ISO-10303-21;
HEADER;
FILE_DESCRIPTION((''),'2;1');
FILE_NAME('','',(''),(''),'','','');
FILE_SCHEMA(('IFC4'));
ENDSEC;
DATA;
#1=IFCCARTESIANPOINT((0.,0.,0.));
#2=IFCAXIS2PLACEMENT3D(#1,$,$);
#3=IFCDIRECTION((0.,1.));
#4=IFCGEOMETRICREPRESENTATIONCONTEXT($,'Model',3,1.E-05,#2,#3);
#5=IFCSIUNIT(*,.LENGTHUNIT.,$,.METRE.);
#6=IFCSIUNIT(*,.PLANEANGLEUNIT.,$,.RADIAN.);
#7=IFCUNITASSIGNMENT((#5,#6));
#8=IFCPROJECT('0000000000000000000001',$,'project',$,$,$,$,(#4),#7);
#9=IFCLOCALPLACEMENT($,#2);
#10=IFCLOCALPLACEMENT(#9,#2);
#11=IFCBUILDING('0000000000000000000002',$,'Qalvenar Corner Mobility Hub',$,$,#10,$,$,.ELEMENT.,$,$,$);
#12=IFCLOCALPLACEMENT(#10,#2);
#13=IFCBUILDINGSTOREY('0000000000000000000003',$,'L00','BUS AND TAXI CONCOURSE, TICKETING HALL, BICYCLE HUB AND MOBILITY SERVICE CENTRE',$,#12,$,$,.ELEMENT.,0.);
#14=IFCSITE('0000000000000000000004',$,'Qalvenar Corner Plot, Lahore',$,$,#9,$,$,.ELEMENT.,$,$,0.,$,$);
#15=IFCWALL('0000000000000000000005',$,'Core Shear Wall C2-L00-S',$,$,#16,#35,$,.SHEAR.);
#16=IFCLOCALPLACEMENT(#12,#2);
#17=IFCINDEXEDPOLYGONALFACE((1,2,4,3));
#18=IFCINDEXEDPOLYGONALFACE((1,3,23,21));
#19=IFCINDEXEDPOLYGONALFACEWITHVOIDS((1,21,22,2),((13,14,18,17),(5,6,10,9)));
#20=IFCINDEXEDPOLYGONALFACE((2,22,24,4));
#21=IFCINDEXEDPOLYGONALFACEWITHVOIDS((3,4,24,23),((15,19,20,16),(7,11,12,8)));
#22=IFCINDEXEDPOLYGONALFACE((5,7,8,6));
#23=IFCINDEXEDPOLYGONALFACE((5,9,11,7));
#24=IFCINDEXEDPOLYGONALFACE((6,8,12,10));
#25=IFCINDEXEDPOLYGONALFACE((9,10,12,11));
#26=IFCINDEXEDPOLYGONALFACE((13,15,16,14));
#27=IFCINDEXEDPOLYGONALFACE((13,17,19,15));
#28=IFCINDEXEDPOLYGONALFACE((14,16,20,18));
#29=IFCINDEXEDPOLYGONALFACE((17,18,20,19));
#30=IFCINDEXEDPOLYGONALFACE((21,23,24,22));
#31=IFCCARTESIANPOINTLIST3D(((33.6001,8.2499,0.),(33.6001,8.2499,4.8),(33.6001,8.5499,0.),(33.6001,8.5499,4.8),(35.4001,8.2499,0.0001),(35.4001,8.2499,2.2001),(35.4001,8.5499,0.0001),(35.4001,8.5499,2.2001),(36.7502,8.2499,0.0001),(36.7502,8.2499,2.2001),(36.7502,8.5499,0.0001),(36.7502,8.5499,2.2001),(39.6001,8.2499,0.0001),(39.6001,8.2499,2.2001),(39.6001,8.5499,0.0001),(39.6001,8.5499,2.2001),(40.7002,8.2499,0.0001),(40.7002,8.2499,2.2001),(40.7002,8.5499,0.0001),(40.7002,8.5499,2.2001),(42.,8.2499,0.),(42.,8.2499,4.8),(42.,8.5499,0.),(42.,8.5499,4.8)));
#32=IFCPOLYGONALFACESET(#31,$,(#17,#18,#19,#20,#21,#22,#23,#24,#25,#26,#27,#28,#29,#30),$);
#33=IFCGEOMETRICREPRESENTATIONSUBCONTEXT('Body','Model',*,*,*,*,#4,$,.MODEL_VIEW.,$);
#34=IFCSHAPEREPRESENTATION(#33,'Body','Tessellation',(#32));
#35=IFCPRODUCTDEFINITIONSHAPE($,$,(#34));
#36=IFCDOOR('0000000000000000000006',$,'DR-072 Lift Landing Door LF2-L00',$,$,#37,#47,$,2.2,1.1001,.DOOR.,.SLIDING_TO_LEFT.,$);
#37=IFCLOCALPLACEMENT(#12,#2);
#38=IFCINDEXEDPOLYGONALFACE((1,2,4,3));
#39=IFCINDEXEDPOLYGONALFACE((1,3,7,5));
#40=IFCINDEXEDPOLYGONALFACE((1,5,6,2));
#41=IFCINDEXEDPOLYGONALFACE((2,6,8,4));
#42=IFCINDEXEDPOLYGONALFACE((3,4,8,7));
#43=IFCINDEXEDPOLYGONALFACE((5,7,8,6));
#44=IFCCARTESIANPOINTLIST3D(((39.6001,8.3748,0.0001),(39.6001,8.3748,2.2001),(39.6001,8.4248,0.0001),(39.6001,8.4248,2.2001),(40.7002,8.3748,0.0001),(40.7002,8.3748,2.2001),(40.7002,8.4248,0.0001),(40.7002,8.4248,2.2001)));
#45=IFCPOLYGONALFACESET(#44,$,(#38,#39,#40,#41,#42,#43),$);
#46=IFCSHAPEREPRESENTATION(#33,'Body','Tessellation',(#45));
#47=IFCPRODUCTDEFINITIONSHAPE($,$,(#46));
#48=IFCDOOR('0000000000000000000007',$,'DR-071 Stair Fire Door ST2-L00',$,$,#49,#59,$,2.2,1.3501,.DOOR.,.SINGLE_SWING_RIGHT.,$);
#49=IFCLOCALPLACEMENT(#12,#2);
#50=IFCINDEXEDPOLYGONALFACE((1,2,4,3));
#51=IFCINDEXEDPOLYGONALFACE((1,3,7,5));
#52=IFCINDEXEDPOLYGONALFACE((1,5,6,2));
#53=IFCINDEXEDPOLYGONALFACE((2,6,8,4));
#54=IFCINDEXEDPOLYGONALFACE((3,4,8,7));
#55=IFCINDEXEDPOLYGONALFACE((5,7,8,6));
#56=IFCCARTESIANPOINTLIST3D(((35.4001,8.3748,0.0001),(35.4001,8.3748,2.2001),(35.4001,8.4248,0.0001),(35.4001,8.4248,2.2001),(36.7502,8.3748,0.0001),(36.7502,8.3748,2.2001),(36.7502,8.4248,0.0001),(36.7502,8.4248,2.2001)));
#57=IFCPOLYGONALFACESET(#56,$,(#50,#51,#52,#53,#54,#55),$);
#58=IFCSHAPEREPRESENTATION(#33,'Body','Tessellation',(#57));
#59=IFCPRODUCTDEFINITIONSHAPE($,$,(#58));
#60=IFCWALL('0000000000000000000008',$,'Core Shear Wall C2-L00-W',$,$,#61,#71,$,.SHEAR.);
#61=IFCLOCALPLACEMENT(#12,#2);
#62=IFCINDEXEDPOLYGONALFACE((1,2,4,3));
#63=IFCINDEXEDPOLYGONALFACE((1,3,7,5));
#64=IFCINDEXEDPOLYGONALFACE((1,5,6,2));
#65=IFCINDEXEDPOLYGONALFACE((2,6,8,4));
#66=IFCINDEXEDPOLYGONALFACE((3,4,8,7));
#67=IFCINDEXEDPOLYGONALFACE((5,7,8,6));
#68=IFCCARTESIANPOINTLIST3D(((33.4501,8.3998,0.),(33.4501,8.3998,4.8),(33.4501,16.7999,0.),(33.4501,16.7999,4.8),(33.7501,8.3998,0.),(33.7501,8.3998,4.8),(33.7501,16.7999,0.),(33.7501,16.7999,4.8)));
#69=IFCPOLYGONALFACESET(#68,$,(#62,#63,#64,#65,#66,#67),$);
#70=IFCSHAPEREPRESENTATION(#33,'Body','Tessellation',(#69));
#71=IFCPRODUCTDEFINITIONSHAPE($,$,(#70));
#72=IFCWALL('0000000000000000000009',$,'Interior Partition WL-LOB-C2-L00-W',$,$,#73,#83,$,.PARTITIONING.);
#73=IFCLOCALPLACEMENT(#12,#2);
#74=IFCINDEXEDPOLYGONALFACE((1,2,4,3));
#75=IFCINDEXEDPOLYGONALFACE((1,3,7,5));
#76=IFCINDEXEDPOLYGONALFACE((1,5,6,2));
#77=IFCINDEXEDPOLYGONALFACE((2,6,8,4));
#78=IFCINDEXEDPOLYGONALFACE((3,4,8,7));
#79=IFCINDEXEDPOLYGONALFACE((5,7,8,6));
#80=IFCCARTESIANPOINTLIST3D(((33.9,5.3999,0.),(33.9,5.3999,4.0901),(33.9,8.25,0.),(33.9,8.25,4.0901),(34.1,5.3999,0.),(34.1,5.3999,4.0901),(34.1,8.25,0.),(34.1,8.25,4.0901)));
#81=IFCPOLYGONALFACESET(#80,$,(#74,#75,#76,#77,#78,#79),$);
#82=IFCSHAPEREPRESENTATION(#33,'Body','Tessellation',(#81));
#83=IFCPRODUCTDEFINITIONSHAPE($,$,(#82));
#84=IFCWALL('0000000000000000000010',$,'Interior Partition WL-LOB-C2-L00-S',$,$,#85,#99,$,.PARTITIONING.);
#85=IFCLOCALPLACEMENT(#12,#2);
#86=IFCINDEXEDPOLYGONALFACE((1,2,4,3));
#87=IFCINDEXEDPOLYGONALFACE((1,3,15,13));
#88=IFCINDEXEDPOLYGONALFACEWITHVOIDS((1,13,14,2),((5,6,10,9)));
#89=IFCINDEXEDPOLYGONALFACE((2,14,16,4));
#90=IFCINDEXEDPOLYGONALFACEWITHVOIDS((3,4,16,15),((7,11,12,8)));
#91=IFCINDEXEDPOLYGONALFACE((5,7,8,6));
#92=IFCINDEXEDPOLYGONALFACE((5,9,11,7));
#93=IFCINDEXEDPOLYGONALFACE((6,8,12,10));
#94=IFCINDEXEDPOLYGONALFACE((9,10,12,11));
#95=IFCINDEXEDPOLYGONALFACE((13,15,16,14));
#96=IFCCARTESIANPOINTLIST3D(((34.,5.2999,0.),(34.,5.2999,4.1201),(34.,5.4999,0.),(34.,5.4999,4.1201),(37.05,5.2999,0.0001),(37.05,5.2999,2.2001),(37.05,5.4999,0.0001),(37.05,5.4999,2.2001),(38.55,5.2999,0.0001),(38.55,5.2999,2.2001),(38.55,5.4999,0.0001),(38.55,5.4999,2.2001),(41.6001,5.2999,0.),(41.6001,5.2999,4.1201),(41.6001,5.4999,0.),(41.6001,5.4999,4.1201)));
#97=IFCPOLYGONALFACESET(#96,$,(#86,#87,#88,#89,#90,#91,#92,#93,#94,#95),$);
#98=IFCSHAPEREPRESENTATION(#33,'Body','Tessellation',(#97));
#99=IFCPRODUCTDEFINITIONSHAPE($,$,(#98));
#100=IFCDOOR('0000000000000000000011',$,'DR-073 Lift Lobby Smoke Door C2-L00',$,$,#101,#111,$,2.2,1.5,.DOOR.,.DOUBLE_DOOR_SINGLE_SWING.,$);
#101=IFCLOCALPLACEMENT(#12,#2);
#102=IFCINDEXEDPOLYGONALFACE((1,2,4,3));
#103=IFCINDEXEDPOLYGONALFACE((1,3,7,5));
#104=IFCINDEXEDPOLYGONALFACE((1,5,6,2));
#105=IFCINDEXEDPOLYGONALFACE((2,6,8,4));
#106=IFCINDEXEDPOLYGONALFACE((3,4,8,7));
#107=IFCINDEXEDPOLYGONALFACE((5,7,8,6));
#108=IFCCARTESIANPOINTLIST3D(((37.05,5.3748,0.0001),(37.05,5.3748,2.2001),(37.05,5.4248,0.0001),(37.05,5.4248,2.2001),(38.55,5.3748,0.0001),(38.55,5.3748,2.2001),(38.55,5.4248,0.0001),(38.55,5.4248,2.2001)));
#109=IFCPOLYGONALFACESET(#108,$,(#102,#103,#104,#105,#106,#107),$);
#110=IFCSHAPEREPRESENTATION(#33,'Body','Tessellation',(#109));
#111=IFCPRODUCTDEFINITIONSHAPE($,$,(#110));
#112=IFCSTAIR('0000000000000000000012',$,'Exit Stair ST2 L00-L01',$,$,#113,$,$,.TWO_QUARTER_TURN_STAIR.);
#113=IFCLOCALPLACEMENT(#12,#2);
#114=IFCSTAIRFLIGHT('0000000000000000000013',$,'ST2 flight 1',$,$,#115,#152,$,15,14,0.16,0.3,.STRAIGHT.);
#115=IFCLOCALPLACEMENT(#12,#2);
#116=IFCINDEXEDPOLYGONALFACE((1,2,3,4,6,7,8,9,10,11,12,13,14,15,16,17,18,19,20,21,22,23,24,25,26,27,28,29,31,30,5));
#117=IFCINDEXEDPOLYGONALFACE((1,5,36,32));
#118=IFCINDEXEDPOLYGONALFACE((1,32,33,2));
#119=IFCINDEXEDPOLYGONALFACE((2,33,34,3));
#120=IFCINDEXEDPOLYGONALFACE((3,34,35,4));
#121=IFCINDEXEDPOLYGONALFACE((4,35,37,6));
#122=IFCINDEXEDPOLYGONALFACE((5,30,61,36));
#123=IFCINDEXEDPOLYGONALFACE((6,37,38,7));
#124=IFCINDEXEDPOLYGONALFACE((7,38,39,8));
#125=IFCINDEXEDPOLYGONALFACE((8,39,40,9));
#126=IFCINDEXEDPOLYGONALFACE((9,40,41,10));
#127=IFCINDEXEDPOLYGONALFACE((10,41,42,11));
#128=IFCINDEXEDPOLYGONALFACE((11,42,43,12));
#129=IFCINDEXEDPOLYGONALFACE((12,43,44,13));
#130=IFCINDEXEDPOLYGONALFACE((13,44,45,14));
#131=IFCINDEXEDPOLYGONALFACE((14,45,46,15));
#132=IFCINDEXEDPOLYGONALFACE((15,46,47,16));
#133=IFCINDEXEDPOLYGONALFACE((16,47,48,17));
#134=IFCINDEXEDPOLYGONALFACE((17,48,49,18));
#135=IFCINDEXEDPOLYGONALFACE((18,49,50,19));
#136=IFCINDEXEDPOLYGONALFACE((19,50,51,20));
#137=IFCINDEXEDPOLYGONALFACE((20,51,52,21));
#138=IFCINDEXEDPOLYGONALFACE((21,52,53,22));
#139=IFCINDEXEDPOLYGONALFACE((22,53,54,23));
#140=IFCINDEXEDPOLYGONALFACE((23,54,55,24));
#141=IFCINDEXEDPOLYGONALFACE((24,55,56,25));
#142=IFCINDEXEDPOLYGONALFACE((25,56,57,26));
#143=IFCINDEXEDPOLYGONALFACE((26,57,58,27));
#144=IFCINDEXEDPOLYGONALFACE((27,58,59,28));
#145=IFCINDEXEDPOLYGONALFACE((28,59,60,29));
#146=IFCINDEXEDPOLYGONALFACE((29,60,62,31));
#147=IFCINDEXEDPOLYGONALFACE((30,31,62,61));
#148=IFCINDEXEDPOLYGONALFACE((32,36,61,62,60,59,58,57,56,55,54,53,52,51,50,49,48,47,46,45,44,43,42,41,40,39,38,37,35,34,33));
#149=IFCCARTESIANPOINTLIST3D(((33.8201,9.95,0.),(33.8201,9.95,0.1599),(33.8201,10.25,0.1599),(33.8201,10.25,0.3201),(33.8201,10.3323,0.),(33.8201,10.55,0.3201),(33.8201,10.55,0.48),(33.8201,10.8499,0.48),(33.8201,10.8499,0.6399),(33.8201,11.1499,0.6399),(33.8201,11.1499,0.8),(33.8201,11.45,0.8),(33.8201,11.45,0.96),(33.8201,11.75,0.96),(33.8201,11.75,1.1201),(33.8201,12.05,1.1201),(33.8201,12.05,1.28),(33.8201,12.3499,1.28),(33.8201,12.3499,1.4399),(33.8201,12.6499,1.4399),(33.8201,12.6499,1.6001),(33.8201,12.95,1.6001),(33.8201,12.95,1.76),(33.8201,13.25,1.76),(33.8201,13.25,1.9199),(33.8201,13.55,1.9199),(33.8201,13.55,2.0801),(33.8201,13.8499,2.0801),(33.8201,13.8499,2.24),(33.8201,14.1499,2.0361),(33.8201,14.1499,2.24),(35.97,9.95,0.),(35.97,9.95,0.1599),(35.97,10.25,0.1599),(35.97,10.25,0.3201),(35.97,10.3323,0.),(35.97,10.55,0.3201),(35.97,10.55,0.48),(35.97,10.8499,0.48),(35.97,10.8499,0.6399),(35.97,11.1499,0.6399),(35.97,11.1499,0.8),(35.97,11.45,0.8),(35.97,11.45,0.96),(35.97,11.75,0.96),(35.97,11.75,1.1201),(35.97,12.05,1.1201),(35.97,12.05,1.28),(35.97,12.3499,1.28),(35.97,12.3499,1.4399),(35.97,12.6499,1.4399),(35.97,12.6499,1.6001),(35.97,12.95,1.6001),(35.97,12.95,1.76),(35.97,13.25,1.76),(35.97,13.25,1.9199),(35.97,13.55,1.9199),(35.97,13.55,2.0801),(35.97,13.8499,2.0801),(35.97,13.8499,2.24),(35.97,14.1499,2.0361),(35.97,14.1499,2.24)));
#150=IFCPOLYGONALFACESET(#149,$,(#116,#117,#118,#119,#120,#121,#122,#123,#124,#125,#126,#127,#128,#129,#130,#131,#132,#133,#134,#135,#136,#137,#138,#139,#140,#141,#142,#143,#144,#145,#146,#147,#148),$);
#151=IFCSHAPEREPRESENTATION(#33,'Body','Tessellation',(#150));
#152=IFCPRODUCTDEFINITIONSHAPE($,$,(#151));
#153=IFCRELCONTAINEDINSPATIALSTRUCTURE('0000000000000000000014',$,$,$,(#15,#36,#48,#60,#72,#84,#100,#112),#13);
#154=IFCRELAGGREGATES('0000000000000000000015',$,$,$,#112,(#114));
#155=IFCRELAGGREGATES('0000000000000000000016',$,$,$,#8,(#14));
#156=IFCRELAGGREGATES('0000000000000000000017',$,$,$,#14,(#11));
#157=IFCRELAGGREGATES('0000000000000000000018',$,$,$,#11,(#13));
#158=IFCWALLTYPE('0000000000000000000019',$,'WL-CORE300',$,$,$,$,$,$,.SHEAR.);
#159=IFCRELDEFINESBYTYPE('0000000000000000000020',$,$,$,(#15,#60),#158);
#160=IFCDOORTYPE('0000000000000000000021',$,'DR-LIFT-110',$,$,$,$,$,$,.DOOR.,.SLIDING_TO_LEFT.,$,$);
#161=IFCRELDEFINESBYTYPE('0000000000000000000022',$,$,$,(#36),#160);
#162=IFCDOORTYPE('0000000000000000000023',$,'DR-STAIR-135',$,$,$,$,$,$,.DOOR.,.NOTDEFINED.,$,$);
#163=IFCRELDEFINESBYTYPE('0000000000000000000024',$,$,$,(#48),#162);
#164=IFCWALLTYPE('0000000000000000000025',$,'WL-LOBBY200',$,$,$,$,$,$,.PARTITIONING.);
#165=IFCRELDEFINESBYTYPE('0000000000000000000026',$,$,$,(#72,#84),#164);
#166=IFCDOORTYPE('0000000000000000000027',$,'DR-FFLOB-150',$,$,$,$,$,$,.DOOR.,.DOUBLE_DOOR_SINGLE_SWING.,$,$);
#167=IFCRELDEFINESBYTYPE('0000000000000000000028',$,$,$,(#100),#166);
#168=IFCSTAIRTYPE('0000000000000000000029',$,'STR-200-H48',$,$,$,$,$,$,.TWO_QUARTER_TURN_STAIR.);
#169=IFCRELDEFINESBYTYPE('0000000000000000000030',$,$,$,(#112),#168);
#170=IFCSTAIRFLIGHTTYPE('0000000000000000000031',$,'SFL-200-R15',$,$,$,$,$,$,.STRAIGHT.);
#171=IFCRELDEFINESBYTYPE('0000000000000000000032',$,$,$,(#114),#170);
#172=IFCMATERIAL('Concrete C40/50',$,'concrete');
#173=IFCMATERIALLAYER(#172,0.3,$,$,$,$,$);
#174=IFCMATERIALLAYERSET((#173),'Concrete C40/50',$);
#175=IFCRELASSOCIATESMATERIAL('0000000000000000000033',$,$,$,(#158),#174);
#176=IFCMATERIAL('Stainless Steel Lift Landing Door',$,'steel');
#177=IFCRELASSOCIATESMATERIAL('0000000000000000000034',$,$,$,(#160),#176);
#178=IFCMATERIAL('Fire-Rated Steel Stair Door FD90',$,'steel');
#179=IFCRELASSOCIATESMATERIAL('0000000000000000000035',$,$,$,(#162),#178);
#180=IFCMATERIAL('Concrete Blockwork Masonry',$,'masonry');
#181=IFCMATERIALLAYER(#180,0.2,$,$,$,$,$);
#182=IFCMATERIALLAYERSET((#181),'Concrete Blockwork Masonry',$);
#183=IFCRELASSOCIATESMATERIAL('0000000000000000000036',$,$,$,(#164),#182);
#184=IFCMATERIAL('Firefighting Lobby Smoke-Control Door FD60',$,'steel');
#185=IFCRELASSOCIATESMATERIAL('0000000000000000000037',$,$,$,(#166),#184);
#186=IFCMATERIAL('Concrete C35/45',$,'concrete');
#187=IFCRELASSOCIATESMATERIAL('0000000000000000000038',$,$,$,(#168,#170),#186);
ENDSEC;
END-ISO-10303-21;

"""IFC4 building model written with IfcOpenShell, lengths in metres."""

from ifc_helpers import new_model, si_unit, direction, frame, frame_2d, origin, place, context, subcontext, project, spatial, polyline, rectangle, outline, extrude, material, layer, layer_set, type_object, element, fill, aggregate, save


model = new_model("IFC4")

# Units and contexts
model_context = context("Model", 3, precision=1e-05, world=origin(), true_north=direction((0.0, 1.0)))
body_context = subcontext(model_context, "Body", "Model", "MODEL_VIEW")
ifc_project = project(units=[si_unit("LENGTHUNIT", "METRE"), si_unit("PLANEANGLEUNIT", "RADIAN")], contexts=[model_context])

# Site, building, storey
site_placement = place(None, origin())
site = spatial("IfcSite", under=ifc_project, at=site_placement, Name="Qalvenar Corner Plot, Lahore", CompositionType="ELEMENT", RefElevation=0.0)
building_placement = place(site_placement, origin())
building = spatial("IfcBuilding", under=site, at=building_placement, Name="Qalvenar Corner Mobility Hub", CompositionType="ELEMENT")
storey_placement = place(building_placement, origin())
storey = spatial("IfcBuildingStorey", under=building, at=storey_placement, Name="L00", Description="BUS AND TAXI CONCOURSE, TICKETING HALL, BICYCLE HUB AND MOBILITY SERVICE CENTRE", CompositionType="ELEMENT", Elevation=0.0)

# Wall, openings, doors
ifc_material_1 = material(Name="Concrete C40/50", Category="concrete")
ifc_layer_1 = layer(ifc_material_1, 0.3)
ifc_layer_set_1 = layer_set([ifc_layer_1], Name="Concrete C40/50")
wall_type_1 = type_object("IfcWallType", Name="WL-CORE300", PredefinedType="SHEAR", material=ifc_layer_set_1)
wall_1_placement = place(storey_placement, frame((33.6001, 8.3999, 0.0), z_axis=(0.0, 0.0, 1.0), x_axis=(1.0, 0.0, 0.0)))
wall_1 = element("IfcWall", 1, at=wall_1_placement, inside=storey, type_object=wall_type_1, Name="Core Shear Wall C2-L00-S", PredefinedType="SHEAR", context=body_context, shape_type="SweptSolid", body=[
    extrude(rectangle(XDim=8.3999, YDim=0.3, at=frame_2d((4.2, 0.0))), origin(), (0.0, 0.0, 1.0), 4.8),
])
opening_1_placement = place(wall_1_placement, frame((1.8, 0.0, 0.0)))
opening_1 = element("IfcOpeningElement", 2, at=opening_1_placement, cuts=wall_1, PredefinedType="OPENING", context=body_context, shape_type="SweptSolid", body=[
    extrude(rectangle(XDim=1.3501, YDim=2.2, at=frame_2d((0.675, 1.1001))), frame((0.0, 0.1602, 0.0), z_axis=(0.0, -1.0, 0.0), x_axis=(1.0, 0.0, 0.0)), (0.0, 0.0, 1.0), 0.3201),
])
opening_2_placement = place(wall_1_placement, frame((6.0, 0.0, 0.0)))
opening_2 = element("IfcOpeningElement", 3, at=opening_2_placement, cuts=wall_1, PredefinedType="OPENING", context=body_context, shape_type="SweptSolid", body=[
    extrude(rectangle(XDim=1.1001, YDim=2.2, at=frame_2d((0.55, 1.1001))), frame((0.0, 0.1602, 0.0), z_axis=(0.0, -1.0, 0.0), x_axis=(1.0, 0.0, 0.0)), (0.0, 0.0, 1.0), 0.3201),
])
ifc_material_2 = material(Name="Stainless Steel Lift Landing Door", Category="steel")
door_type_1 = type_object("IfcDoorType", Name="DR-LIFT-110", OperationType="SLIDING_TO_LEFT", PredefinedType="DOOR", material=ifc_material_2)
door_1_placement = place(opening_2_placement, origin())
door_1 = element("IfcDoor", 4, at=door_1_placement, inside=storey, type_object=door_type_1, Name="DR-072 Lift Landing Door LF2-L00", OperationType="SLIDING_TO_LEFT", OverallHeight=2.2, OverallWidth=1.1001, PredefinedType="DOOR", context=body_context, shape_type="SweptSolid", body=[
    extrude(rectangle(XDim=1.1001, YDim=2.2, at=frame_2d((0.55, 1.1001))), frame((0.0, 0.0249, 0.0), z_axis=(0.0, -1.0, 0.0), x_axis=(1.0, 0.0, 0.0)), (0.0, 0.0, 1.0), 0.05),
])
fill(opening_2, door_1)
ifc_material_3 = material(Name="Fire-Rated Steel Stair Door FD90", Category="steel")
door_type_2 = type_object("IfcDoorType", Name="DR-STAIR-135", OperationType="NOTDEFINED", PredefinedType="DOOR", material=ifc_material_3)
door_2_placement = place(opening_1_placement, origin())
door_2 = element("IfcDoor", 5, at=door_2_placement, inside=storey, type_object=door_type_2, Name="DR-071 Stair Fire Door ST2-L00", OperationType="SINGLE_SWING_RIGHT", OverallHeight=2.2, OverallWidth=1.3501, PredefinedType="DOOR", context=body_context, shape_type="SweptSolid", body=[
    extrude(rectangle(XDim=1.3501, YDim=2.2, at=frame_2d((0.675, 1.1001))), frame((0.0, 0.0249, 0.0), z_axis=(0.0, -1.0, 0.0), x_axis=(1.0, 0.0, 0.0)), (0.0, 0.0, 1.0), 0.05),
])
fill(opening_1, door_2)

# Walls
wall_2_placement = place(storey_placement, frame((33.6001, 16.8, 0.0), z_axis=(0.0, 0.0, 1.0), x_axis=(0.0, -1.0, 0.0)))
element("IfcWall", 6, at=wall_2_placement, inside=storey, type_object=wall_type_1, Name="Core Shear Wall C2-L00-W", PredefinedType="SHEAR", context=body_context, shape_type="SweptSolid", body=[
    extrude(rectangle(XDim=8.4001, YDim=0.3, at=frame_2d((4.2002, 0.0))), origin(), (0.0, 0.0, 1.0), 4.8),
])
ifc_material_4 = material(Name="Concrete Blockwork Masonry", Category="masonry")
ifc_layer_2 = layer(ifc_material_4, 0.2)
ifc_layer_set_2 = layer_set([ifc_layer_2], Name="Concrete Blockwork Masonry")
wall_type_2 = type_object("IfcWallType", Name="WL-LOBBY200", PredefinedType="PARTITIONING", material=ifc_layer_set_2)
wall_3_placement = place(storey_placement, frame((34.0, 5.3999, 0.0), z_axis=(0.0, 0.0, 1.0), x_axis=(0.0, 1.0, 0.0)))
element("IfcWall", 7, at=wall_3_placement, inside=storey, type_object=wall_type_2, Name="Interior Partition WL-LOB-C2-L00-W", PredefinedType="PARTITIONING", context=body_context, shape_type="SweptSolid", body=[
    extrude(rectangle(XDim=2.8501, YDim=0.2, at=frame_2d((1.425, 0.0))), origin(), (0.0, 0.0, 1.0), 4.0901),
])

# Wall, opening, door
wall_4_placement = place(storey_placement, frame((34.0, 5.3999, 0.0), z_axis=(0.0, 0.0, 1.0), x_axis=(1.0, 0.0, 0.0)))
wall_4 = element("IfcWall", 8, at=wall_4_placement, inside=storey, type_object=wall_type_2, Name="Interior Partition WL-LOB-C2-L00-S", PredefinedType="PARTITIONING", context=body_context, shape_type="SweptSolid", body=[
    extrude(rectangle(XDim=7.6001, YDim=0.2, at=frame_2d((3.8, 0.0))), origin(), (0.0, 0.0, 1.0), 4.1201),
])
opening_3_placement = place(wall_4_placement, frame((3.05, 0.0, 0.0)))
opening_3 = element("IfcOpeningElement", 9, at=opening_3_placement, cuts=wall_4, PredefinedType="OPENING", context=body_context, shape_type="SweptSolid", body=[
    extrude(rectangle(XDim=1.5, YDim=2.2, at=frame_2d((0.75, 1.1001))), frame((0.0, 0.1099, 0.0), z_axis=(0.0, -1.0, 0.0), x_axis=(1.0, 0.0, 0.0)), (0.0, 0.0, 1.0), 0.22),
])
ifc_material_5 = material(Name="Firefighting Lobby Smoke-Control Door FD60", Category="steel")
door_type_3 = type_object("IfcDoorType", Name="DR-FFLOB-150", OperationType="DOUBLE_DOOR_SINGLE_SWING", PredefinedType="DOOR", material=ifc_material_5)
door_3_placement = place(opening_3_placement, origin())
door_3 = element("IfcDoor", 10, at=door_3_placement, inside=storey, type_object=door_type_3, Name="DR-073 Lift Lobby Smoke Door C2-L00", OperationType="DOUBLE_DOOR_SINGLE_SWING", OverallHeight=2.2, OverallWidth=1.5, PredefinedType="DOOR", context=body_context, shape_type="SweptSolid", body=[
    extrude(rectangle(XDim=1.5, YDim=2.2, at=frame_2d((0.75, 1.1001))), frame((0.0, 0.0249, 0.0), z_axis=(0.0, -1.0, 0.0), x_axis=(1.0, 0.0, 0.0)), (0.0, 0.0, 1.0), 0.05),
])
fill(opening_3, door_3)

# Stair, stair flight
ifc_material_6 = material(Name="Concrete C35/45", Category="concrete")
stair_type = type_object("IfcStairType", Name="STR-200-H48", PredefinedType="TWO_QUARTER_TURN_STAIR", material=ifc_material_6)
stair_placement = place(storey_placement, origin())
stair = element("IfcStair", 11, at=stair_placement, inside=storey, type_object=stair_type, Name="Exit Stair ST2 L00-L01", PredefinedType="TWO_QUARTER_TURN_STAIR")
stair_flight_type = type_object("IfcStairFlightType", Name="SFL-200-R15", PredefinedType="STRAIGHT", material=ifc_material_6)
stair_flight_1_placement = place(storey_placement, frame((34.895, 9.95, 0.0), z_axis=(0.0, 0.0, 1.0), x_axis=(0.0, 1.0, 0.0)))
stair_flight_1 = element("IfcStairFlight", 12, at=stair_flight_1_placement, type_object=stair_flight_type, Name="ST2 flight 1", NumberOfRisers=15, NumberOfTreads=14, PredefinedType="STRAIGHT", RiserHeight=0.16, TreadLength=0.3, context=body_context, shape_type="SweptSolid", body=[
    extrude(outline(polyline([(0.0, 0.0), (0.0, 0.1599), (0.3, 0.1599), (0.3, 0.3201), (0.6001, 0.3201), (0.6001, 0.48), (0.8999, 0.48), (0.8999, 0.6399), (1.2, 0.6399), (1.2, 0.8), (1.5, 0.8), (1.5, 0.96), (1.8, 0.96), (1.8, 1.1201), (2.1001, 1.1201), (2.1001, 1.28), (2.3999, 1.28), (2.3999, 1.4399), (2.7, 1.4399), (2.7, 1.6001), (3.0, 1.6001), (3.0, 1.76), (3.3, 1.76), (3.3, 1.9199), (3.6001, 1.9199), (3.6001, 2.0801), (3.8999, 2.0801), (3.8999, 2.24), (4.2, 2.24), (4.2, 2.3999), (4.2, 2.0361), (0.3823, 0.0), (0.0, 0.0)])), frame((0.0, 1.075, 0.0), z_axis=(0.0, -1.0, 0.0), x_axis=(1.0, 0.0, 0.0)), (0.0, 0.0, 1.0), 2.1499),
])
aggregate(stair, [stair_flight_1])

save(model, "model.ifc")
